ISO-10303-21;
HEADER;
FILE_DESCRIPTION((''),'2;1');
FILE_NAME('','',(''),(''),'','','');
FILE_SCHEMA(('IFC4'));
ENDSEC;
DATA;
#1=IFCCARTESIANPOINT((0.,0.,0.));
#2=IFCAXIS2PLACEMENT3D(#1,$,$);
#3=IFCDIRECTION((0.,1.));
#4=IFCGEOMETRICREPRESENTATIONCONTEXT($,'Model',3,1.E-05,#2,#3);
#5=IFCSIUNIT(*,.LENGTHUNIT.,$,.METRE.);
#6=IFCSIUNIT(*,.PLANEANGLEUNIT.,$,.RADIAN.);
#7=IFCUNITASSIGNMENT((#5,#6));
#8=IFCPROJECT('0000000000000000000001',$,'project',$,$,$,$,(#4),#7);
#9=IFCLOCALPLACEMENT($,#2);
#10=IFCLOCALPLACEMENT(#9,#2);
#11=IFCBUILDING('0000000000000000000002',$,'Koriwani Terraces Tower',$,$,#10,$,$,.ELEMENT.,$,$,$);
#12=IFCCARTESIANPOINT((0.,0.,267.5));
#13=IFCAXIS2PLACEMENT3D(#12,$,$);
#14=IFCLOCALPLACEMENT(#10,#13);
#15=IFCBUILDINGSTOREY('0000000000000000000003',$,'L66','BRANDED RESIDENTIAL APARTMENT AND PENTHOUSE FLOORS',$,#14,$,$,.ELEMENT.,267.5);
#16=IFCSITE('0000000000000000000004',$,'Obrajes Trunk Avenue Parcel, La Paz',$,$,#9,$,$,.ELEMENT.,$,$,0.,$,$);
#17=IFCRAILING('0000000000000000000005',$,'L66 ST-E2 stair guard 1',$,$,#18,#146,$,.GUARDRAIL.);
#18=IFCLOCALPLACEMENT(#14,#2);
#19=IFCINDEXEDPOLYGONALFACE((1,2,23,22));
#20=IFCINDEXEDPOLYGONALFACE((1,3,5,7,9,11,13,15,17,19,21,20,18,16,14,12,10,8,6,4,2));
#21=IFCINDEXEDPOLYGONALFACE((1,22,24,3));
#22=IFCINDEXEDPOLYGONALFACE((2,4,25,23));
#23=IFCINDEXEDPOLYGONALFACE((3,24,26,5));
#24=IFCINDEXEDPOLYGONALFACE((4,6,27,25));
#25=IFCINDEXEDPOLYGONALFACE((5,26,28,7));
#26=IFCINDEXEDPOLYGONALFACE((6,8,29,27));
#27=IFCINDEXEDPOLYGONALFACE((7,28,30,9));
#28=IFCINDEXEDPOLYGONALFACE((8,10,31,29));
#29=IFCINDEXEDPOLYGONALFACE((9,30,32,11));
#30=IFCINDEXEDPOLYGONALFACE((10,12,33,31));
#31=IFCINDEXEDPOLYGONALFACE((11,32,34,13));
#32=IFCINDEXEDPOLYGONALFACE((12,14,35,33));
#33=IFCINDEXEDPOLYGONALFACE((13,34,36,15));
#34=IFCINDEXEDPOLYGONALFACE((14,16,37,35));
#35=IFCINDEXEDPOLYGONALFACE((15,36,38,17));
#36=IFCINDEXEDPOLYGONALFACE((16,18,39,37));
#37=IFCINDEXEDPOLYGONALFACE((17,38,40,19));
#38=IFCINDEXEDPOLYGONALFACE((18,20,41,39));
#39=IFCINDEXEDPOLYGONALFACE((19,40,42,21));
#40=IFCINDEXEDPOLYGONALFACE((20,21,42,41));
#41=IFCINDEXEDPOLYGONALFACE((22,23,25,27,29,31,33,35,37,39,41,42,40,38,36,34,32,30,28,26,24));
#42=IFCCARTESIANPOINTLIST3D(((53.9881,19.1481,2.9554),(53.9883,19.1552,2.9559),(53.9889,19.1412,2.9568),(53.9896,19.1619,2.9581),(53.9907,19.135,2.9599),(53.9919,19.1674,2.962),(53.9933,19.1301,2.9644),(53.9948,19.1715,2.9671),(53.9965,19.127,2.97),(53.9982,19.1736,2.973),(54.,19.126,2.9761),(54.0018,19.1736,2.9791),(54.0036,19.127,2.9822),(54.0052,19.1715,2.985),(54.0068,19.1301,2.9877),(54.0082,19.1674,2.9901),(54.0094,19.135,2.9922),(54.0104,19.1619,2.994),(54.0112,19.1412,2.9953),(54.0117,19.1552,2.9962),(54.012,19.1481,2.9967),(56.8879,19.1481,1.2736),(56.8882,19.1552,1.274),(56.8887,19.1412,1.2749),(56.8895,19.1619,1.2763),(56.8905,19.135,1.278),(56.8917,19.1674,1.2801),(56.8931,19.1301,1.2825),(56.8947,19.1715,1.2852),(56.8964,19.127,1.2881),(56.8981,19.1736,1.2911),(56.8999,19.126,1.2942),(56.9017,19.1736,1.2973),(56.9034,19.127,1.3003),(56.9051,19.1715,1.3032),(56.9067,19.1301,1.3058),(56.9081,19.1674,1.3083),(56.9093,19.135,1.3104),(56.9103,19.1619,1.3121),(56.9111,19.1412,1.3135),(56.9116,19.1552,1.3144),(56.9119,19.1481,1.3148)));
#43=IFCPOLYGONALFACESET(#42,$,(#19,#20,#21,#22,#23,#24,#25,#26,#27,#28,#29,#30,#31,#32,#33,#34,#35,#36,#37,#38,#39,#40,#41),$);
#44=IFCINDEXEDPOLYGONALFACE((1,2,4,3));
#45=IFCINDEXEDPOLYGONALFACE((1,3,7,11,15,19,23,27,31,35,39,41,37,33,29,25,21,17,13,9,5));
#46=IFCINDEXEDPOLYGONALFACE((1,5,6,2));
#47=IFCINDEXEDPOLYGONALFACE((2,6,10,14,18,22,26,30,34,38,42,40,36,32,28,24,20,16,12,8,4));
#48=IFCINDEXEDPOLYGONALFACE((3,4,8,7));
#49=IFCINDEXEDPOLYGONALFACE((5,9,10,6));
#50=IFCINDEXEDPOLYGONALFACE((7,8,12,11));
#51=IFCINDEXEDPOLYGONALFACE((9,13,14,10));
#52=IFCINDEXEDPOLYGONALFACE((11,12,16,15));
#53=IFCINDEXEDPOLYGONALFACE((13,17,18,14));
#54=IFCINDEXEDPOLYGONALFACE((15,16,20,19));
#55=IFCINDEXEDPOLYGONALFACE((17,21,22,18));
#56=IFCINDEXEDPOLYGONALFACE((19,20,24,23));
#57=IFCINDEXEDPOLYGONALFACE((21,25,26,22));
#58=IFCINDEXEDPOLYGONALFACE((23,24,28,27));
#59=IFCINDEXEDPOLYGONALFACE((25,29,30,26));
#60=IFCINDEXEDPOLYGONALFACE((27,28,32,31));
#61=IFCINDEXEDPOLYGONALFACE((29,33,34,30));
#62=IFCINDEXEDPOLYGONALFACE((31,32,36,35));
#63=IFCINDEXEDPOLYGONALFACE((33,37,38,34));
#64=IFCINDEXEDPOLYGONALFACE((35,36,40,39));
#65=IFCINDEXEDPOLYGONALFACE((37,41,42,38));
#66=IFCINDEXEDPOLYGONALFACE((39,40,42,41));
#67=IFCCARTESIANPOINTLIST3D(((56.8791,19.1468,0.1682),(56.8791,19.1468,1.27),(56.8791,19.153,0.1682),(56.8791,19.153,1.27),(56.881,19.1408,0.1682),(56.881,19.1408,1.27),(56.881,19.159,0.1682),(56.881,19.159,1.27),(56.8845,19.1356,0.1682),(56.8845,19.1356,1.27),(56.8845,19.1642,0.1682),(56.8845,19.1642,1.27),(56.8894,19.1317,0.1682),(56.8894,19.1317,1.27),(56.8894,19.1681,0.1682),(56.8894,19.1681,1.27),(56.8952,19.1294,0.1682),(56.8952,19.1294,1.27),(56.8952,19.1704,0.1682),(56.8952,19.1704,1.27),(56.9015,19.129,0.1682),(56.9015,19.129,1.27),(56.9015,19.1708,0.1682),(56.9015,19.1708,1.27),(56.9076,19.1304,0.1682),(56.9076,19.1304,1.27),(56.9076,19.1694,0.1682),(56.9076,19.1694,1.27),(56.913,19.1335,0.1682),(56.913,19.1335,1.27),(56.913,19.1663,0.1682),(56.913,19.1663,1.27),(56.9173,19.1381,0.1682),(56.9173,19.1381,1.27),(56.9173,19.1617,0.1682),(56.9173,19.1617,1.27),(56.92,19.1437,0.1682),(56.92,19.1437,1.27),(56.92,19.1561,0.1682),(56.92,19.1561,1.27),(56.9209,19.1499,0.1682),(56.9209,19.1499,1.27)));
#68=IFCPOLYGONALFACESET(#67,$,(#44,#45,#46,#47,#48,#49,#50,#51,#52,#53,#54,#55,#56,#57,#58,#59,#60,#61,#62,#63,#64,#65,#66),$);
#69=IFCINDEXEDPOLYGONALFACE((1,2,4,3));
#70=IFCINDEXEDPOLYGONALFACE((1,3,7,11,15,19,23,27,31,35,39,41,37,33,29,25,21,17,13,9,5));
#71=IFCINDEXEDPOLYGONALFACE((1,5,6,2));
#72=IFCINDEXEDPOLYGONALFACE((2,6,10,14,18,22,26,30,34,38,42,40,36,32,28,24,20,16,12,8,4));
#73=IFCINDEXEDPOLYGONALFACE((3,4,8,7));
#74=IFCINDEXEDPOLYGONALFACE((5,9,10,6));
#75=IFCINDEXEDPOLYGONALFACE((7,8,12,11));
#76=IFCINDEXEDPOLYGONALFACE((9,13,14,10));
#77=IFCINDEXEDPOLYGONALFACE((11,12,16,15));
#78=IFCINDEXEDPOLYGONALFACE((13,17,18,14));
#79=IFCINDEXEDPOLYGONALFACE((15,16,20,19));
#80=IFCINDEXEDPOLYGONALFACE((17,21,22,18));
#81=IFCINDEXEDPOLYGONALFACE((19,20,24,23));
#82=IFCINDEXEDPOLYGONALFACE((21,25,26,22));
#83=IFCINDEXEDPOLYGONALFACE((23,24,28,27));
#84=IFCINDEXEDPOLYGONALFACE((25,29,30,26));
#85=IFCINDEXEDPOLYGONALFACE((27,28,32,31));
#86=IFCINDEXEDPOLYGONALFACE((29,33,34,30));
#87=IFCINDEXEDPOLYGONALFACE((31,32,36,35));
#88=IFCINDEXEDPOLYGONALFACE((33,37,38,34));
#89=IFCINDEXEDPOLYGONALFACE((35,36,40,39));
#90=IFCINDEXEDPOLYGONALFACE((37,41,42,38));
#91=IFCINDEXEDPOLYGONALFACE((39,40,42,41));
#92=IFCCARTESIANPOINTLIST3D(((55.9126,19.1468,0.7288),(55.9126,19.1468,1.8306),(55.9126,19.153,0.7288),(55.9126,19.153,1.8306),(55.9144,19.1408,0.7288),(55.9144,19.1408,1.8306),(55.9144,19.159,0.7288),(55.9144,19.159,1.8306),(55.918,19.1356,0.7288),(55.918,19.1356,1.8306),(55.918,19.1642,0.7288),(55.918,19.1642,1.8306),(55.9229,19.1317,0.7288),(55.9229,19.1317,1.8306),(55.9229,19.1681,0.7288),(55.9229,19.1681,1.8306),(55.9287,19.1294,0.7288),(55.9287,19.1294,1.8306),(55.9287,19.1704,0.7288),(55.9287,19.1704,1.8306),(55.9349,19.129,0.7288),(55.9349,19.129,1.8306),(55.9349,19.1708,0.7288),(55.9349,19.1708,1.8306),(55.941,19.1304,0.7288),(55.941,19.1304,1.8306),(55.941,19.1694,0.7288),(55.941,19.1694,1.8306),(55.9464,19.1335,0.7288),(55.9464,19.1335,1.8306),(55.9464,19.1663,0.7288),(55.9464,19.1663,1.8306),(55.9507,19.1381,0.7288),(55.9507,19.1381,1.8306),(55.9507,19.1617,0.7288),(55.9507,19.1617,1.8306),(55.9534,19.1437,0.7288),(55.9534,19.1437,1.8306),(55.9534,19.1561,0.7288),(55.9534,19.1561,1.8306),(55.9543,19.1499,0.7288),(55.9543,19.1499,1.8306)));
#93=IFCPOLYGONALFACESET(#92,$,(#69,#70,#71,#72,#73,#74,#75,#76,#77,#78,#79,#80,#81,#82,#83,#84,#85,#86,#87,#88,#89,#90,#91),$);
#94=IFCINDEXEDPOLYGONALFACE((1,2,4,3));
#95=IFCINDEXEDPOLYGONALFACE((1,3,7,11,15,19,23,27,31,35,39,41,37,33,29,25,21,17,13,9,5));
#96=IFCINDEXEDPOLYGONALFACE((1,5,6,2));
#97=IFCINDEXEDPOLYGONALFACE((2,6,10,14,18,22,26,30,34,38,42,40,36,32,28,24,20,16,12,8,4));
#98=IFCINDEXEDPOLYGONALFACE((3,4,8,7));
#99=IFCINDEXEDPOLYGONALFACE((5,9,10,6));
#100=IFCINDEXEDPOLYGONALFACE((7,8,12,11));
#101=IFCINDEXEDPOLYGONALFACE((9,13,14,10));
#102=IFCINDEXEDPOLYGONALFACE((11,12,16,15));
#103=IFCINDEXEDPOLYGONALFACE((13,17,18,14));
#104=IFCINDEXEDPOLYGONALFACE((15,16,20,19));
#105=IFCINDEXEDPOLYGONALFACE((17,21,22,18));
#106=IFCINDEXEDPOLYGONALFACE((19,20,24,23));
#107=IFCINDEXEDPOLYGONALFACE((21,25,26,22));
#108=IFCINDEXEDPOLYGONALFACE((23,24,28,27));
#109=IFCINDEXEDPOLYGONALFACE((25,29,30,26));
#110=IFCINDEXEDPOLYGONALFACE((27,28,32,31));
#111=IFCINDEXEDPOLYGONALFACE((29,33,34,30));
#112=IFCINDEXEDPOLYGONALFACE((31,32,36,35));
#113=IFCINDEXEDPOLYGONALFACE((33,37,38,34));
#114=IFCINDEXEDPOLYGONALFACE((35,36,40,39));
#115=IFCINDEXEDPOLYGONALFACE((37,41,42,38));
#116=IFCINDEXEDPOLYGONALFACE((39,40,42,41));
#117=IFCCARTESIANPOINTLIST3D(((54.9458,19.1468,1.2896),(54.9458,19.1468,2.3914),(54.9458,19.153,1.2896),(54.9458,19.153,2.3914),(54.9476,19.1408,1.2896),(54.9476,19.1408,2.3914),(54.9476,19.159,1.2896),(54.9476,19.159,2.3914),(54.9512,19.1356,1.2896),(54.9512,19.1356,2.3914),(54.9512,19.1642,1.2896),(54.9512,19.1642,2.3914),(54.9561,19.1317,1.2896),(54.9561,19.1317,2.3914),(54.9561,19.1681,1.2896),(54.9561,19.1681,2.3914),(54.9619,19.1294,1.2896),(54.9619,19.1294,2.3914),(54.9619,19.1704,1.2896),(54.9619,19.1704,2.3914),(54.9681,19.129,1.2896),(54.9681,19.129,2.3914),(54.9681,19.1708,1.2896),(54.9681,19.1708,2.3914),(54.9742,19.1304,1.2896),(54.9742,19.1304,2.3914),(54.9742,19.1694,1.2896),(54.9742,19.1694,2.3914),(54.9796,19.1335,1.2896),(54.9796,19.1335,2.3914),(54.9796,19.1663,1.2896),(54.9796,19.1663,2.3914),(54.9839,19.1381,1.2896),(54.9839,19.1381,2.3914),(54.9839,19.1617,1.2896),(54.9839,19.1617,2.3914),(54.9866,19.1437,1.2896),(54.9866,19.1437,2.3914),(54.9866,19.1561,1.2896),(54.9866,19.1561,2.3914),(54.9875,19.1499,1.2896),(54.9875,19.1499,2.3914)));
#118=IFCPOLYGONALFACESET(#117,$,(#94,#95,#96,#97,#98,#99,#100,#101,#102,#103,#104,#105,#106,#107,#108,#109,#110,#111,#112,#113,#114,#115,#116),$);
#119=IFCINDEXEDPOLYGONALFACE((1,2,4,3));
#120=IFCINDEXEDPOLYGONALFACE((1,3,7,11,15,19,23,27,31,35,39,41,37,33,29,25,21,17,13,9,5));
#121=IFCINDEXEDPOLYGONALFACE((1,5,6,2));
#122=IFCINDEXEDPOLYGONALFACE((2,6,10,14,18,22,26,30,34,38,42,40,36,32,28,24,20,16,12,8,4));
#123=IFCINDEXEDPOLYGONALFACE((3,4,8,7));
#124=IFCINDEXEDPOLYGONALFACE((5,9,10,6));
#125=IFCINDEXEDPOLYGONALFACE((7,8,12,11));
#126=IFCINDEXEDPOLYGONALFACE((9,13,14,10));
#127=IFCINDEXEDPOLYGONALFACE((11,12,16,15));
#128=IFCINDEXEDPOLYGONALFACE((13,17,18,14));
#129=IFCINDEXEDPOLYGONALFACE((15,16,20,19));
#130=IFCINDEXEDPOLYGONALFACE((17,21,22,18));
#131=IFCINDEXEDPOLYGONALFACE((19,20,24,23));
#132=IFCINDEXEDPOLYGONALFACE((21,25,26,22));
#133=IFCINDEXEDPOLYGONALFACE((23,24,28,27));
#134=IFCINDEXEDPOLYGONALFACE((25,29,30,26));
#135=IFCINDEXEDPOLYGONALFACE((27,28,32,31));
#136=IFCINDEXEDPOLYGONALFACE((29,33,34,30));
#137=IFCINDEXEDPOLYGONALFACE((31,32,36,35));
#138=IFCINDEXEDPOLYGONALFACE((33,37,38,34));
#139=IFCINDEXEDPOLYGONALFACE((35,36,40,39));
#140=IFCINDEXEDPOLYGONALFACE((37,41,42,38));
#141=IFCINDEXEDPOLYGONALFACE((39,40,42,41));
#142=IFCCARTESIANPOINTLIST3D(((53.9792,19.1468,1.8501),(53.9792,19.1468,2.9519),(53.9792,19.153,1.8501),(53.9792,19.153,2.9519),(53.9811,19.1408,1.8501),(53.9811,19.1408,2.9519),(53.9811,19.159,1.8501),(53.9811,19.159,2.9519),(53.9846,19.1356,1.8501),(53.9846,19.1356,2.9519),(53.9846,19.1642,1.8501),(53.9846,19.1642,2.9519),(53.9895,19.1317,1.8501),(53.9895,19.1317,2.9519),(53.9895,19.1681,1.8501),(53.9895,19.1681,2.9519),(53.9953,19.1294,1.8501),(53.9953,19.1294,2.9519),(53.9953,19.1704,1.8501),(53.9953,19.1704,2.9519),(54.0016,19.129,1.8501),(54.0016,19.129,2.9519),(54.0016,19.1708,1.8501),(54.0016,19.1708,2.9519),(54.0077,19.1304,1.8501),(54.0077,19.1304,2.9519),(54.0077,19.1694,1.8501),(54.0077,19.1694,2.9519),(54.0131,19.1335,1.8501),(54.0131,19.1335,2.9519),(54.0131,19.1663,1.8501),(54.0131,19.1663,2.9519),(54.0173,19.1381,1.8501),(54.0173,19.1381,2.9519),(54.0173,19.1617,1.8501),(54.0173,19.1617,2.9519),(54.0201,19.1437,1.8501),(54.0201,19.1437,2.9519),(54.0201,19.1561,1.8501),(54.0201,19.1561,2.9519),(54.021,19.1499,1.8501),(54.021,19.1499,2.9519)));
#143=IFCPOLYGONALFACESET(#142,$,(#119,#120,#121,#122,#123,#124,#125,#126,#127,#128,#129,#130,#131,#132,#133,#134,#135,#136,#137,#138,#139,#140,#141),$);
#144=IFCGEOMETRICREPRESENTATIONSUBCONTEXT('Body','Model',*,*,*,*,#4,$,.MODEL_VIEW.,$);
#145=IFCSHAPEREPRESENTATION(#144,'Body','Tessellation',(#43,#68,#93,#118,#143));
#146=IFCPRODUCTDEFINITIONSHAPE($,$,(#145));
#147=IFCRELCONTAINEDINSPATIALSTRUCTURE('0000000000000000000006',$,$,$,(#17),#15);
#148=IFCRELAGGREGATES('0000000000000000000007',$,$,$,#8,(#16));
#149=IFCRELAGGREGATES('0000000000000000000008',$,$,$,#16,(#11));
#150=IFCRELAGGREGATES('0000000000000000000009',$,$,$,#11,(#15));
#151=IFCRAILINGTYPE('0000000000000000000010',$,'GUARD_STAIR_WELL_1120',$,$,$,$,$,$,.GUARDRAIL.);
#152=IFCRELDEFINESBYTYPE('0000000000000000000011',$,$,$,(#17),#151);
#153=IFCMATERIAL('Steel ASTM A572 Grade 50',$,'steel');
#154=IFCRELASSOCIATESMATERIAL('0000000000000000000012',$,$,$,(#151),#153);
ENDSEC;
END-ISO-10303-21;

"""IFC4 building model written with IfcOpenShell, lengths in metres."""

from ifc_helpers import new_model, si_unit, direction, frame, origin, origin_2d, place, context, subcontext, project, spatial, circle, extrude, material, type_object, element, save


model = new_model("IFC4")

# Units and contexts
model_context = context("Model", 3, precision=1e-05, world=origin(), true_north=direction((0.0, 1.0)))
body_context = subcontext(model_context, "Body", "Model", "MODEL_VIEW")
ifc_project = project(units=[si_unit("LENGTHUNIT", "METRE"), si_unit("PLANEANGLEUNIT", "RADIAN")], contexts=[model_context])

# Site, building, storey
site_placement = place(None, origin())
site = spatial("IfcSite", under=ifc_project, at=site_placement, Name="Obrajes Trunk Avenue Parcel, La Paz", CompositionType="ELEMENT", RefElevation=0.0)
building_placement = place(site_placement, origin())
building = spatial("IfcBuilding", under=site, at=building_placement, Name="Koriwani Terraces Tower", CompositionType="ELEMENT")
storey_placement = place(building_placement, frame((0.0, 0.0, 267.5)))
storey = spatial("IfcBuildingStorey", under=building, at=storey_placement, Name="L66", Description="BRANDED RESIDENTIAL APARTMENT AND PENTHOUSE FLOORS", CompositionType="ELEMENT", Elevation=267.5)

# Shared definitions
ifc_material_1 = material(Name="Steel ASTM A572 Grade 50", Category="steel")

# Railing
railing_type_1 = type_object("IfcRailingType", Name="GUARD_STAIR_WELL_1120", PredefinedType="GUARDRAIL", material=ifc_material_1)
railing_1_placement = place(storey_placement, frame((56.8999, 19.1499, 0.1682)))
element("IfcRailing", 1, at=railing_1_placement, inside=storey, type_object=railing_type_1, Name="L66 ST-E2 stair guard 1", PredefinedType="GUARDRAIL", context=body_context, shape_type="SweptSolid", body=[
    extrude(circle(Radius=0.0239, at=origin_2d()), frame((0.0, 0.0, 1.126), z_axis=(-0.865039, 0.0, 0.501705), x_axis=(0.0, -1.0, 0.0)), (0.0, 0.0, 1.0), 3.3523),
    extrude(circle(Radius=0.021, at=origin_2d()), origin(), (0.0, 0.0, 1.0), 1.1018),
    extrude(circle(Radius=0.021, at=origin_2d()), frame((-0.9666, 0.0, 0.5605)), (0.0, 0.0, 1.0), 1.1018),
    extrude(circle(Radius=0.021, at=origin_2d()), frame((-1.9333, 0.0, 1.1213)), (0.0, 0.0, 1.0), 1.1018),
    extrude(circle(Radius=0.021, at=origin_2d()), frame((-2.8999, 0.0, 1.6819)), (0.0, 0.0, 1.0), 1.1018),
])

save(model, "model.ifc")
